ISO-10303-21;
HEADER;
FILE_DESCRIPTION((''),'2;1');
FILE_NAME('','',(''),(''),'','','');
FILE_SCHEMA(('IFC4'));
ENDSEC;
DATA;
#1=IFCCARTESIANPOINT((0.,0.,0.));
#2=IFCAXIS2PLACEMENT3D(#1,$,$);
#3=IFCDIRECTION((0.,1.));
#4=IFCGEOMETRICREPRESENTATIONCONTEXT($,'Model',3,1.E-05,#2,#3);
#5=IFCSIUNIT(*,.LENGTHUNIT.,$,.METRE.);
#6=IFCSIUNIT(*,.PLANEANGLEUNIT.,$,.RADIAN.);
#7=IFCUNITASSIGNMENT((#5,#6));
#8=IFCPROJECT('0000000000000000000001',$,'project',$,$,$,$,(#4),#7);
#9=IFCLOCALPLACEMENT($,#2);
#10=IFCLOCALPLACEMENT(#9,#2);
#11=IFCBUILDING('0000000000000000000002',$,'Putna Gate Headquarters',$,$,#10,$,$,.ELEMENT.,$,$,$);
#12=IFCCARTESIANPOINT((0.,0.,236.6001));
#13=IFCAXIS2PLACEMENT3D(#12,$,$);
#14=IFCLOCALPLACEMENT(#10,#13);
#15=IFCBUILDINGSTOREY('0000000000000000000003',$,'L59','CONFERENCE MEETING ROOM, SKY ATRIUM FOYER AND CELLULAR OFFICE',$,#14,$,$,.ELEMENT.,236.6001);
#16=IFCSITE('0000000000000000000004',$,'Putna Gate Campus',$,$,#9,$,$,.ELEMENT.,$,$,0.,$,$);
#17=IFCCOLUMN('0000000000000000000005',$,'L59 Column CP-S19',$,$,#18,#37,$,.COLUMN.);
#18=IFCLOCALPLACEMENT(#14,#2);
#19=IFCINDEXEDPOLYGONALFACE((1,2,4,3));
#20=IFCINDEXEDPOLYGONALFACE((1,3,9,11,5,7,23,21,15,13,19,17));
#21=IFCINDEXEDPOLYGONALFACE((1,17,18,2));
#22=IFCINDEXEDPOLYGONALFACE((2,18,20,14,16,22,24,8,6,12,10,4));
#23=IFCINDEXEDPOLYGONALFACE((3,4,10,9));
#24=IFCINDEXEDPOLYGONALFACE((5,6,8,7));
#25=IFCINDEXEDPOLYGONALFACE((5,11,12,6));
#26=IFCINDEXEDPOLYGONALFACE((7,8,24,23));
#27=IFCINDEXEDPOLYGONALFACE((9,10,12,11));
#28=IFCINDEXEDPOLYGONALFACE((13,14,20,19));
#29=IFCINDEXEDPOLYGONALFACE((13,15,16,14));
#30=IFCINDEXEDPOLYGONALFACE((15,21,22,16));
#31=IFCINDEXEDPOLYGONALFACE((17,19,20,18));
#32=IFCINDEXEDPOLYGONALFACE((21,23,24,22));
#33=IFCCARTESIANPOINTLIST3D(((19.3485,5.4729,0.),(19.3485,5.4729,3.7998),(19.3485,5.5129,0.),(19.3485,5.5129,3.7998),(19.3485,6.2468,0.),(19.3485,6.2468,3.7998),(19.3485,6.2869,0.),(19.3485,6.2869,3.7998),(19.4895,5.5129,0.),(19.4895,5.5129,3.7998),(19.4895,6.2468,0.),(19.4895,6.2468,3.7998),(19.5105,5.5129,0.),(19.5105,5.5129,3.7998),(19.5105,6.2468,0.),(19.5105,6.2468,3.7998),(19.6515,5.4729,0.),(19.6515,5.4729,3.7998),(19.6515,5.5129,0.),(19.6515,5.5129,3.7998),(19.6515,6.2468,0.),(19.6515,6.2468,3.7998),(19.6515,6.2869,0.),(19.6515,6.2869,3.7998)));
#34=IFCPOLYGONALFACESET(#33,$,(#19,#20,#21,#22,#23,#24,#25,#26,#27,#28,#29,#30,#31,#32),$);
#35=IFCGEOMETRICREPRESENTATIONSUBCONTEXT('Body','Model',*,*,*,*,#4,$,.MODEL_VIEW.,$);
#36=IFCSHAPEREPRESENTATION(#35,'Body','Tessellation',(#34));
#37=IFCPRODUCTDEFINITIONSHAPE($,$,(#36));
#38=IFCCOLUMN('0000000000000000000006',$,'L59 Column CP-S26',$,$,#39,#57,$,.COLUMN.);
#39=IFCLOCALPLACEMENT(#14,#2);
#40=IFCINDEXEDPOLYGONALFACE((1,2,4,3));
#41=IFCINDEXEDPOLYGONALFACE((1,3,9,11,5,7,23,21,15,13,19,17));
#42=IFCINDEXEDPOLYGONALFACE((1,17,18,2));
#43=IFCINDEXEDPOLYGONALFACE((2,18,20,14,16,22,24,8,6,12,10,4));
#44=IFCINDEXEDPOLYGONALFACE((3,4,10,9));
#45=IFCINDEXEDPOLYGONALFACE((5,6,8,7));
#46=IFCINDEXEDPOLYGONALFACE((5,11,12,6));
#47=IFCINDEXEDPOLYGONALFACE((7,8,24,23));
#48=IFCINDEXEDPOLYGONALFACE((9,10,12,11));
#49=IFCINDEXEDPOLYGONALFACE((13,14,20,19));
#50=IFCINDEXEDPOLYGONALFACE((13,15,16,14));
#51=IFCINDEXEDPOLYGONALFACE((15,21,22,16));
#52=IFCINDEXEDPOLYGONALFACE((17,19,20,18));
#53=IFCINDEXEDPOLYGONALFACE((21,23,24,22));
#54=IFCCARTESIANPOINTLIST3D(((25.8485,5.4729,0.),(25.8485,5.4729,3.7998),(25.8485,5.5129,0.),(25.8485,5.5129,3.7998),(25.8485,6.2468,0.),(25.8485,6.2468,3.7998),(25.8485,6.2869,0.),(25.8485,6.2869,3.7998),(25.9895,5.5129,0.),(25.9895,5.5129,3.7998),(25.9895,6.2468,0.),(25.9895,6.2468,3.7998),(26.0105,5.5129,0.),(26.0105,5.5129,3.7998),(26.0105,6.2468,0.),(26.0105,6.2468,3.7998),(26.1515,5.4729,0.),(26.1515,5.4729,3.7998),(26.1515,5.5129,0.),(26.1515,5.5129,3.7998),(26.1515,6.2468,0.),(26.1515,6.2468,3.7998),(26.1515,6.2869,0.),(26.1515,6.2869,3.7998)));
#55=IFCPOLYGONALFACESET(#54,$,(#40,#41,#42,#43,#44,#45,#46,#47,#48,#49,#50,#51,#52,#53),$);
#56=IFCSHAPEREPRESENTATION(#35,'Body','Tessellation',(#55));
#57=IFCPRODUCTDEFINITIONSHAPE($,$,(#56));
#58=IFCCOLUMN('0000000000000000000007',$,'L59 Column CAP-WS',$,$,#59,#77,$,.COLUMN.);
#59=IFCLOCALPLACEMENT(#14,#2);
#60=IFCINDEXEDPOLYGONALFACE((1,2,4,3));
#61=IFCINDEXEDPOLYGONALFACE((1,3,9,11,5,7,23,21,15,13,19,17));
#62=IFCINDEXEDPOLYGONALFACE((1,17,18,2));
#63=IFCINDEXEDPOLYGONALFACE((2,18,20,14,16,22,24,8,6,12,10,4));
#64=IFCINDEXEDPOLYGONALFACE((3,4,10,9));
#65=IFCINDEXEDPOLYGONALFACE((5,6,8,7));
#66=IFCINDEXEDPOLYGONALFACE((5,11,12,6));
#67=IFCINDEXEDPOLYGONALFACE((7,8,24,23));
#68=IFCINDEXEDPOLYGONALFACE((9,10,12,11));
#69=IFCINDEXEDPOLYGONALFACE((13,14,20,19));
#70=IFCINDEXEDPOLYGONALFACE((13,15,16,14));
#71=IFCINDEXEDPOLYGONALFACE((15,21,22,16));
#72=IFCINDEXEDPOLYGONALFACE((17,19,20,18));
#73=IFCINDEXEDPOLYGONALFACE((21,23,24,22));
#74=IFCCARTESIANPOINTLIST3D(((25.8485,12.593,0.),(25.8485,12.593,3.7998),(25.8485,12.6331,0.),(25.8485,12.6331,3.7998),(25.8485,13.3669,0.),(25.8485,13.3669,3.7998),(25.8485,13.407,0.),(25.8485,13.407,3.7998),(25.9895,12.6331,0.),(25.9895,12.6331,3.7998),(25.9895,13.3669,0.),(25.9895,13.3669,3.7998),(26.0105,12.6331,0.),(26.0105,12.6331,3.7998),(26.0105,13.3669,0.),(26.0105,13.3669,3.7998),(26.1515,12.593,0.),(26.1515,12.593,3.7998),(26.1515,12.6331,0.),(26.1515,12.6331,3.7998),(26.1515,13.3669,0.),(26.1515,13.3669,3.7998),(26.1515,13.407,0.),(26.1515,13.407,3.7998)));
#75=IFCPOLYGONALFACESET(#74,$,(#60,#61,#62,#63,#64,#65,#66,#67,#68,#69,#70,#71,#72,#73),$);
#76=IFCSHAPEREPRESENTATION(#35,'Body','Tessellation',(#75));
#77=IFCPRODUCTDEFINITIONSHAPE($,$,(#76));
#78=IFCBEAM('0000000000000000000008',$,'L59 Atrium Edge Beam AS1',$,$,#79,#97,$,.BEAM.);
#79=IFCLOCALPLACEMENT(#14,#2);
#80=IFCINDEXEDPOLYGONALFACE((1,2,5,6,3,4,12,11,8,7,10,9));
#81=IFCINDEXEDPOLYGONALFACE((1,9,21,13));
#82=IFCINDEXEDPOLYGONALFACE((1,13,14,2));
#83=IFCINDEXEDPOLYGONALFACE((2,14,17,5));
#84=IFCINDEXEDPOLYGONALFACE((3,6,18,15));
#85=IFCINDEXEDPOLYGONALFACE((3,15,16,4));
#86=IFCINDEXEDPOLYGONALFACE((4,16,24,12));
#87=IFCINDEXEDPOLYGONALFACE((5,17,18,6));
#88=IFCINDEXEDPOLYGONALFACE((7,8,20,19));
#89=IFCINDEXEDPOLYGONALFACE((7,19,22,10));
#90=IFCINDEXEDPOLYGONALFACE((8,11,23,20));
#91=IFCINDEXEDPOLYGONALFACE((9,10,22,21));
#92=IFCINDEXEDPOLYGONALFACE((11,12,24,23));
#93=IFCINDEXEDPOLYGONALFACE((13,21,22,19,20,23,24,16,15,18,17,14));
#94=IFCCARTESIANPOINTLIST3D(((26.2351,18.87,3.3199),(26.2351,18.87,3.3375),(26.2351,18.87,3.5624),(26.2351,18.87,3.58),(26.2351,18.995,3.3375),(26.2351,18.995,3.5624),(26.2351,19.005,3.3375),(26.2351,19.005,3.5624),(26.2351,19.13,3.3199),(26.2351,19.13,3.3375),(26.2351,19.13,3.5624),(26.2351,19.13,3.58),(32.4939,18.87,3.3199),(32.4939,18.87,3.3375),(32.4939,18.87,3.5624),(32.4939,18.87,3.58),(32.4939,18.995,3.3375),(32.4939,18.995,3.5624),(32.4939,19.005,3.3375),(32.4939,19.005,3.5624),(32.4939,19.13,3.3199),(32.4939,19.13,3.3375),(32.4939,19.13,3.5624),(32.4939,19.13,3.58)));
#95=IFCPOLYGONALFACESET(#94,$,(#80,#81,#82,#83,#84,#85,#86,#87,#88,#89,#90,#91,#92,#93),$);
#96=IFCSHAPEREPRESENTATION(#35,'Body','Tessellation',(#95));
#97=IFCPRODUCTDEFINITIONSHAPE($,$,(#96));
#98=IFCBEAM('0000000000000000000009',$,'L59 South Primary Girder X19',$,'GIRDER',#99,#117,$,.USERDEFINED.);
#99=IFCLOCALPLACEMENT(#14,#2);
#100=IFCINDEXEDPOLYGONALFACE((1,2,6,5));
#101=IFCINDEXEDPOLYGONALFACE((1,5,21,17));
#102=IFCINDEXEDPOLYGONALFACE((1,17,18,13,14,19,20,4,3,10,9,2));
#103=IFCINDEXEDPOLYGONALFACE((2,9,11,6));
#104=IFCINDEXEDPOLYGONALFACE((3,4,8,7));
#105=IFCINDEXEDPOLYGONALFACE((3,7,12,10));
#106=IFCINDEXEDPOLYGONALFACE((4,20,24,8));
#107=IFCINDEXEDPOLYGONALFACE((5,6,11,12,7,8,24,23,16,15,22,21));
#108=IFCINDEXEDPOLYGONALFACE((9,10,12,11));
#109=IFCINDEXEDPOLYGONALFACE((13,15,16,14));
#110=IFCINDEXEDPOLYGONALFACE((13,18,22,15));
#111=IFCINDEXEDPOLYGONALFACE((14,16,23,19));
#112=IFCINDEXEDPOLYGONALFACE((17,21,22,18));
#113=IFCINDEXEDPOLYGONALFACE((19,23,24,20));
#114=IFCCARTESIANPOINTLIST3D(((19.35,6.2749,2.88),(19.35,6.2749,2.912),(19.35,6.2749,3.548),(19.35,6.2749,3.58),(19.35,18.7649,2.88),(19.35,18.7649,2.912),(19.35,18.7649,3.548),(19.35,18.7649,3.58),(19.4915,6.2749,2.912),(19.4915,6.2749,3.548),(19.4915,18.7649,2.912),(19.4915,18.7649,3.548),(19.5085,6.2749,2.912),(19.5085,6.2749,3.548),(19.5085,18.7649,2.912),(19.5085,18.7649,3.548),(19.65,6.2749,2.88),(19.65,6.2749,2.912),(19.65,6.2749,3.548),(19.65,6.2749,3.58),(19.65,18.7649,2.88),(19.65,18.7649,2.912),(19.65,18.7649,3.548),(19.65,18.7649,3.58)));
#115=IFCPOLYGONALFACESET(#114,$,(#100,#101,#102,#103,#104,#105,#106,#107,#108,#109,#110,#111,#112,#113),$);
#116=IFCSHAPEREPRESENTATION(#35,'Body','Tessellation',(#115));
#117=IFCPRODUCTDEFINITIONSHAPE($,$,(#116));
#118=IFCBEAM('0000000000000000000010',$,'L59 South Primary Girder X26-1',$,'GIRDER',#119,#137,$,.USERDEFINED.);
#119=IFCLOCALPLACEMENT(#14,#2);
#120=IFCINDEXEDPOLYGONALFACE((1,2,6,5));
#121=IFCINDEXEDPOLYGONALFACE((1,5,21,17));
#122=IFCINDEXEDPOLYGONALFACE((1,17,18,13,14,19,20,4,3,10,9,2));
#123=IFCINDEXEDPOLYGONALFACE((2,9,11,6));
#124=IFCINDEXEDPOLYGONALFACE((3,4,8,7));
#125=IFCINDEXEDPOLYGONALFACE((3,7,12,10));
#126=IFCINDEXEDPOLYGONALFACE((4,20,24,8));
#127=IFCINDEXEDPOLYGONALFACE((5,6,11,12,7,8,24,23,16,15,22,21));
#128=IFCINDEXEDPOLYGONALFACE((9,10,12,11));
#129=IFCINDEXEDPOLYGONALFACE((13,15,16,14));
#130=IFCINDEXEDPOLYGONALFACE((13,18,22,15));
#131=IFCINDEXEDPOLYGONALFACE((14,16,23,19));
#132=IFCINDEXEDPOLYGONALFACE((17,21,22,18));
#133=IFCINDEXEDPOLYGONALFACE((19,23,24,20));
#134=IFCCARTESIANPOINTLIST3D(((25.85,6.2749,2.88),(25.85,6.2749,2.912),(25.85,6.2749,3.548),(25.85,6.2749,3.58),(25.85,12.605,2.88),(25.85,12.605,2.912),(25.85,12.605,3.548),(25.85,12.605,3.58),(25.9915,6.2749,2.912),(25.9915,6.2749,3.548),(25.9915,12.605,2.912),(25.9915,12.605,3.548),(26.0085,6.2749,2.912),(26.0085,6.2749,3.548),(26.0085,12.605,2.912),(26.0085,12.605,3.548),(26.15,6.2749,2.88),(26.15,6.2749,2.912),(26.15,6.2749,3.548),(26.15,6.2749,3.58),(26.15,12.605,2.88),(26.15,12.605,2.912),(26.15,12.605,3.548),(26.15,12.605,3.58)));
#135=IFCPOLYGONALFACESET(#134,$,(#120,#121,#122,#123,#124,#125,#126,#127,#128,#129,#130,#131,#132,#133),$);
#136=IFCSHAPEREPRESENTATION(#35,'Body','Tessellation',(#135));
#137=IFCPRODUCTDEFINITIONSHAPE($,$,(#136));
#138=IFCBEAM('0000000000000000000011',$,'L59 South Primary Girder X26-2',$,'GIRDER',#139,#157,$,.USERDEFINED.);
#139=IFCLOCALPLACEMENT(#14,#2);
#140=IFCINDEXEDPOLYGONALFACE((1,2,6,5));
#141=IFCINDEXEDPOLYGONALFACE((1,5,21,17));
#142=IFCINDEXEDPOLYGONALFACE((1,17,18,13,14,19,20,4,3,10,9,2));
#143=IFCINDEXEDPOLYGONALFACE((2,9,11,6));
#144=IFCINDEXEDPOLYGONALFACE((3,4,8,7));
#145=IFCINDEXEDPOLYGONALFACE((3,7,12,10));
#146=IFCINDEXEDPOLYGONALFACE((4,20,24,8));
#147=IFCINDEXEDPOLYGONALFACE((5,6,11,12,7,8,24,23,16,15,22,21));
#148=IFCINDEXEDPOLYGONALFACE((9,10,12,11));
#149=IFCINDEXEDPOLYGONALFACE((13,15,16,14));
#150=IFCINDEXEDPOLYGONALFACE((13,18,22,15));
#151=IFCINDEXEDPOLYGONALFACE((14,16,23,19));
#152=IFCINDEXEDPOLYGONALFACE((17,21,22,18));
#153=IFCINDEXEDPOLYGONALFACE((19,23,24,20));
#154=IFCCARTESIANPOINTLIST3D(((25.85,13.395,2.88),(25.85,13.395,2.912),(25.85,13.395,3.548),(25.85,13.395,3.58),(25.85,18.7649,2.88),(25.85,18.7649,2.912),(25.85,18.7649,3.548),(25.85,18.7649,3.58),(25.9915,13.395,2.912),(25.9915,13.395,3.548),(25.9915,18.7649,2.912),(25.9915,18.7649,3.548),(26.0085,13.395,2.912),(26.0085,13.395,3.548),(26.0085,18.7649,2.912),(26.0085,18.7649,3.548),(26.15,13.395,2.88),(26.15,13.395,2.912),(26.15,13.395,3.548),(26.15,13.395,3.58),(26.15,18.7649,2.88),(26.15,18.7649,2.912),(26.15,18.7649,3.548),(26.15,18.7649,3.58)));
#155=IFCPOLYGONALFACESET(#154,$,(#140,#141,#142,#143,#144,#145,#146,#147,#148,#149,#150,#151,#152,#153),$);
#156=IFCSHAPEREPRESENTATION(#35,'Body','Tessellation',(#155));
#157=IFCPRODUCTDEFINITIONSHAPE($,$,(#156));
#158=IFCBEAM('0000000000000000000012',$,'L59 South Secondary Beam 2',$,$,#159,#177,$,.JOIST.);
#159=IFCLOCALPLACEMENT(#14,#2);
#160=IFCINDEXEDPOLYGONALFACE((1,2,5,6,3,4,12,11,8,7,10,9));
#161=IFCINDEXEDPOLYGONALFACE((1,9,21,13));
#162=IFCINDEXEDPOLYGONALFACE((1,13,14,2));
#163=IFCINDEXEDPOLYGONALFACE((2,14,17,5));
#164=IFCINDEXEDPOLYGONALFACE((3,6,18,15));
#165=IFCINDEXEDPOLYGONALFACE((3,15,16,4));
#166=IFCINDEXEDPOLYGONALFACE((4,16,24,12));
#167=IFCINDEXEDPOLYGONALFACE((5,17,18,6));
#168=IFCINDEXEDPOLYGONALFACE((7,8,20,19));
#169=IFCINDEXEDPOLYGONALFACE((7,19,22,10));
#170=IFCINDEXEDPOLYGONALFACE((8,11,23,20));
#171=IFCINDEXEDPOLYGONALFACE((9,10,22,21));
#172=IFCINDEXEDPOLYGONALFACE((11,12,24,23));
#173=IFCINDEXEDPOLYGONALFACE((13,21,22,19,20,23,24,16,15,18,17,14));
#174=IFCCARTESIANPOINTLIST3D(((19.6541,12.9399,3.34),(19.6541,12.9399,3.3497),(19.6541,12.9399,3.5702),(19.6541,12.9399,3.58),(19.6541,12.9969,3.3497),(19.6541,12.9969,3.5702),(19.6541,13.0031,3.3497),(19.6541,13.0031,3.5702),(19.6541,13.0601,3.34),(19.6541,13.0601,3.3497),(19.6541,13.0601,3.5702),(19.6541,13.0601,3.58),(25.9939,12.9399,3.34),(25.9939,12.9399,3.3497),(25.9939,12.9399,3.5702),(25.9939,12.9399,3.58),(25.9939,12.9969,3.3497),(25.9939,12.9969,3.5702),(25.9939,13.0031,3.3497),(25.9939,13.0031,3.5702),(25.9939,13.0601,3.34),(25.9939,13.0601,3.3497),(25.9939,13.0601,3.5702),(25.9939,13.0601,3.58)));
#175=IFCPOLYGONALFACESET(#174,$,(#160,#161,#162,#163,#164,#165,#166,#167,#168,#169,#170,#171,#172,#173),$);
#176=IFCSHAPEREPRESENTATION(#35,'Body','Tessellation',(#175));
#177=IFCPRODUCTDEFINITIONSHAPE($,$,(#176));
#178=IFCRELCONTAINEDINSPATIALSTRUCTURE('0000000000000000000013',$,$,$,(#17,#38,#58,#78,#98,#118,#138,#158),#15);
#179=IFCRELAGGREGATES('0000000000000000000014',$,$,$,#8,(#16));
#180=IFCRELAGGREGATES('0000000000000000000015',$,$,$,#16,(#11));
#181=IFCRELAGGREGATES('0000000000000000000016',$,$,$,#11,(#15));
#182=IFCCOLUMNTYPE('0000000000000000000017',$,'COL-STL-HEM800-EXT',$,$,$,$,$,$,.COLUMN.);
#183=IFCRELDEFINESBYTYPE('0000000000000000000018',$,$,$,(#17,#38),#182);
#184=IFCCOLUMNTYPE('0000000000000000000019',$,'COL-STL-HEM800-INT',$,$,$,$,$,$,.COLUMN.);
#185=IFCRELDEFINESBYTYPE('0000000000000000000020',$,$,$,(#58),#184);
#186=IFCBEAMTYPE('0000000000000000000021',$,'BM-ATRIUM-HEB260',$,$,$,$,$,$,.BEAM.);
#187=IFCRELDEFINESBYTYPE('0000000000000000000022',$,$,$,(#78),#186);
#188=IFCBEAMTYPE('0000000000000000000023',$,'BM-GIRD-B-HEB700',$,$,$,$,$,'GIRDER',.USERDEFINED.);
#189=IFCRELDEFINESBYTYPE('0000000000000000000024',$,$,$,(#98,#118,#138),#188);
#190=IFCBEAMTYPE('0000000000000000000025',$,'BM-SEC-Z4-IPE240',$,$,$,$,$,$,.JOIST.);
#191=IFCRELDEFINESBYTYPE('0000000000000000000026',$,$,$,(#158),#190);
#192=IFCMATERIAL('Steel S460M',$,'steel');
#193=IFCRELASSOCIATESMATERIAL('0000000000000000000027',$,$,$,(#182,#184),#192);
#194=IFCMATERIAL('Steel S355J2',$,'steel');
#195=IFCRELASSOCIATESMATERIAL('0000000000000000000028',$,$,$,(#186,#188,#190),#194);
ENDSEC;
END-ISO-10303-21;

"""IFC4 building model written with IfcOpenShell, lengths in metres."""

from ifc_helpers import new_model, si_unit, direction, frame, origin, origin_2d, place, context, subcontext, project, spatial, i_section, extrude, material, material_profile, profile_set, type_object, element, save


model = new_model("IFC4")

# Units and contexts
model_context = context("Model", 3, precision=1e-05, world=origin(), true_north=direction((0.0, 1.0)))
body_context = subcontext(model_context, "Body", "Model", "MODEL_VIEW")
ifc_project = project(units=[si_unit("LENGTHUNIT", "METRE"), si_unit("PLANEANGLEUNIT", "RADIAN")], contexts=[model_context])

# Site, building, storey
site_placement = place(None, origin())
site = spatial("IfcSite", under=ifc_project, at=site_placement, Name="Putna Gate Campus", CompositionType="ELEMENT", RefElevation=0.0)
building_placement = place(site_placement, origin())
building = spatial("IfcBuilding", under=site, at=building_placement, Name="Putna Gate Headquarters", CompositionType="ELEMENT")
storey_placement = place(building_placement, frame((0.0, 0.0, 236.6001)))
storey = spatial("IfcBuildingStorey", under=building, at=storey_placement, Name="L59", Description="CONFERENCE MEETING ROOM, SKY ATRIUM FOYER AND CELLULAR OFFICE", CompositionType="ELEMENT", Elevation=236.6001)

# Columns
ifc_material_1 = material(Name="Steel S460M", Category="steel")
ifc_material_profile_1 = material_profile(ifc_material_1, i_section(OverallWidth=0.303, OverallDepth=0.814, WebThickness=0.021, FlangeThickness=0.04, at=origin_2d()), Name="Steel S460M")
ifc_profile_set_1 = profile_set([ifc_material_profile_1], Name="Steel S460M")
column_type_1 = type_object("IfcColumnType", Name="COL-STL-HEM800-EXT", PredefinedType="COLUMN", material=ifc_profile_set_1)
for number, where, z_axis, x_axis, name in (
    (1, (19.5, 5.8799, 0.0), (0.0, 0.0, 1.0), (1.0, 0.0, 0.0), "L59 Column CP-S19"),
    (2, (26.0, 5.8799, 0.0), (0.0, 0.0, 1.0), (1.0, 0.0, 0.0), "L59 Column CP-S26"),
):
    element("IfcColumn", number, at=place(storey_placement, frame(where, z_axis=z_axis, x_axis=x_axis)), inside=storey, type_object=column_type_1, Name=name, PredefinedType="COLUMN", context=body_context, shape_type="SweptSolid", body=[
        extrude(i_section(OverallWidth=0.303, OverallDepth=0.814, WebThickness=0.021, FlangeThickness=0.04, at=origin_2d()), origin(), (0.0, 0.0, 1.0), 3.7998),
    ])
ifc_material_profile_2 = material_profile(ifc_material_1, i_section(OverallWidth=0.303, OverallDepth=0.814, WebThickness=0.021, FlangeThickness=0.04, at=origin_2d()), Name="Steel S460M")
ifc_profile_set_2 = profile_set([ifc_material_profile_2], Name="Steel S460M")
column_type_2 = type_object("IfcColumnType", Name="COL-STL-HEM800-INT", PredefinedType="COLUMN", material=ifc_profile_set_2)
column_placement = place(storey_placement, frame((26.0, 13.0, 0.0), z_axis=(0.0, 0.0, 1.0), x_axis=(1.0, 0.0, 0.0)))
element("IfcColumn", 3, at=column_placement, inside=storey, type_object=column_type_2, Name="L59 Column CAP-WS", PredefinedType="COLUMN", context=body_context, shape_type="SweptSolid", body=[
    extrude(i_section(OverallWidth=0.303, OverallDepth=0.814, WebThickness=0.021, FlangeThickness=0.04, at=origin_2d()), origin(), (0.0, 0.0, 1.0), 3.7998),
])

# Beams
ifc_material_2 = material(Name="Steel S355J2", Category="steel")
ifc_material_profile_3 = material_profile(ifc_material_2, i_section(OverallWidth=0.26, OverallDepth=0.26, WebThickness=0.01, FlangeThickness=0.0176, at=origin_2d()), Name="Steel S355J2")
ifc_profile_set_3 = profile_set([ifc_material_profile_3], Name="Steel S355J2")
beam_type_1 = type_object("IfcBeamType", Name="BM-ATRIUM-HEB260", PredefinedType="BEAM", material=ifc_profile_set_3)
beam_1_placement = place(storey_placement, frame((26.2351, 19.0, 3.45), z_axis=(1.0, 0.0, 0.0), x_axis=(0.0, 1.0, 0.0)))
element("IfcBeam", 4, at=beam_1_placement, inside=storey, type_object=beam_type_1, Name="L59 Atrium Edge Beam AS1", PredefinedType="BEAM", context=body_context, shape_type="SweptSolid", body=[
    extrude(i_section(OverallWidth=0.26, OverallDepth=0.26, WebThickness=0.01, FlangeThickness=0.0176, at=origin_2d()), origin(), (0.0, 0.0, 1.0), 6.2588),
])
ifc_material_profile_4 = material_profile(ifc_material_2, i_section(OverallWidth=0.3, OverallDepth=0.7, WebThickness=0.0171, FlangeThickness=0.032, at=origin_2d()), Name="Steel S355J2")
ifc_profile_set_4 = profile_set([ifc_material_profile_4], Name="Steel S355J2")
beam_type_2 = type_object("IfcBeamType", Name="BM-GIRD-B-HEB700", ElementType="GIRDER", PredefinedType="USERDEFINED", material=ifc_profile_set_4)
beam_2_placement = place(storey_placement, frame((19.5, 6.2749, 3.23), z_axis=(0.0, 1.0, 0.0), x_axis=(-1.0, 0.0, 0.0)))
element("IfcBeam", 5, at=beam_2_placement, inside=storey, type_object=beam_type_2, Name="L59 South Primary Girder X19", ObjectType="GIRDER", PredefinedType="USERDEFINED", context=body_context, shape_type="SweptSolid", body=[
    extrude(i_section(OverallWidth=0.3, OverallDepth=0.7, WebThickness=0.0171, FlangeThickness=0.032, at=origin_2d()), origin(), (0.0, 0.0, 1.0), 12.49),
])
beam_3_placement = place(storey_placement, frame((26.0, 6.2749, 3.23), z_axis=(0.0, 1.0, 0.0), x_axis=(-1.0, 0.0, 0.0)))
element("IfcBeam", 6, at=beam_3_placement, inside=storey, type_object=beam_type_2, Name="L59 South Primary Girder X26-1", ObjectType="GIRDER", PredefinedType="USERDEFINED", context=body_context, shape_type="SweptSolid", body=[
    extrude(i_section(OverallWidth=0.3, OverallDepth=0.7, WebThickness=0.0171, FlangeThickness=0.032, at=origin_2d()), origin(), (0.0, 0.0, 1.0), 6.3301),
])
beam_4_placement = place(storey_placement, frame((26.0, 13.395, 3.23), z_axis=(0.0, 1.0, 0.0), x_axis=(-1.0, 0.0, 0.0)))
element("IfcBeam", 7, at=beam_4_placement, inside=storey, type_object=beam_type_2, Name="L59 South Primary Girder X26-2", ObjectType="GIRDER", PredefinedType="USERDEFINED", context=body_context, shape_type="SweptSolid", body=[
    extrude(i_section(OverallWidth=0.3, OverallDepth=0.7, WebThickness=0.0171, FlangeThickness=0.032, at=origin_2d()), origin(), (0.0, 0.0, 1.0), 5.3699),
])
ifc_material_profile_5 = material_profile(ifc_material_2, i_section(OverallWidth=0.1201, OverallDepth=0.24, WebThickness=0.0061, FlangeThickness=0.0098, at=origin_2d()), Name="Steel S355J2")
ifc_profile_set_5 = profile_set([ifc_material_profile_5], Name="Steel S355J2")
beam_type_3 = type_object("IfcBeamType", Name="BM-SEC-Z4-IPE240", PredefinedType="JOIST", material=ifc_profile_set_5)
for number, where, z_axis, x_axis, name in (
    (8, (19.6541, 13.0, 3.46), (1.0, 0.0, 0.0), (0.0, 1.0, 0.0), "L59 South Secondary Beam 2"),
):
    element("IfcBeam", number, at=place(storey_placement, frame(where, z_axis=z_axis, x_axis=x_axis)), inside=storey, type_object=beam_type_3, Name=name, PredefinedType="JOIST", context=body_context, shape_type="SweptSolid", body=[
        extrude(i_section(OverallWidth=0.1201, OverallDepth=0.24, WebThickness=0.0061, FlangeThickness=0.0098, at=origin_2d()), origin(), (0.0, 0.0, 1.0), 6.3398),
    ])

save(model, "model.ifc")
